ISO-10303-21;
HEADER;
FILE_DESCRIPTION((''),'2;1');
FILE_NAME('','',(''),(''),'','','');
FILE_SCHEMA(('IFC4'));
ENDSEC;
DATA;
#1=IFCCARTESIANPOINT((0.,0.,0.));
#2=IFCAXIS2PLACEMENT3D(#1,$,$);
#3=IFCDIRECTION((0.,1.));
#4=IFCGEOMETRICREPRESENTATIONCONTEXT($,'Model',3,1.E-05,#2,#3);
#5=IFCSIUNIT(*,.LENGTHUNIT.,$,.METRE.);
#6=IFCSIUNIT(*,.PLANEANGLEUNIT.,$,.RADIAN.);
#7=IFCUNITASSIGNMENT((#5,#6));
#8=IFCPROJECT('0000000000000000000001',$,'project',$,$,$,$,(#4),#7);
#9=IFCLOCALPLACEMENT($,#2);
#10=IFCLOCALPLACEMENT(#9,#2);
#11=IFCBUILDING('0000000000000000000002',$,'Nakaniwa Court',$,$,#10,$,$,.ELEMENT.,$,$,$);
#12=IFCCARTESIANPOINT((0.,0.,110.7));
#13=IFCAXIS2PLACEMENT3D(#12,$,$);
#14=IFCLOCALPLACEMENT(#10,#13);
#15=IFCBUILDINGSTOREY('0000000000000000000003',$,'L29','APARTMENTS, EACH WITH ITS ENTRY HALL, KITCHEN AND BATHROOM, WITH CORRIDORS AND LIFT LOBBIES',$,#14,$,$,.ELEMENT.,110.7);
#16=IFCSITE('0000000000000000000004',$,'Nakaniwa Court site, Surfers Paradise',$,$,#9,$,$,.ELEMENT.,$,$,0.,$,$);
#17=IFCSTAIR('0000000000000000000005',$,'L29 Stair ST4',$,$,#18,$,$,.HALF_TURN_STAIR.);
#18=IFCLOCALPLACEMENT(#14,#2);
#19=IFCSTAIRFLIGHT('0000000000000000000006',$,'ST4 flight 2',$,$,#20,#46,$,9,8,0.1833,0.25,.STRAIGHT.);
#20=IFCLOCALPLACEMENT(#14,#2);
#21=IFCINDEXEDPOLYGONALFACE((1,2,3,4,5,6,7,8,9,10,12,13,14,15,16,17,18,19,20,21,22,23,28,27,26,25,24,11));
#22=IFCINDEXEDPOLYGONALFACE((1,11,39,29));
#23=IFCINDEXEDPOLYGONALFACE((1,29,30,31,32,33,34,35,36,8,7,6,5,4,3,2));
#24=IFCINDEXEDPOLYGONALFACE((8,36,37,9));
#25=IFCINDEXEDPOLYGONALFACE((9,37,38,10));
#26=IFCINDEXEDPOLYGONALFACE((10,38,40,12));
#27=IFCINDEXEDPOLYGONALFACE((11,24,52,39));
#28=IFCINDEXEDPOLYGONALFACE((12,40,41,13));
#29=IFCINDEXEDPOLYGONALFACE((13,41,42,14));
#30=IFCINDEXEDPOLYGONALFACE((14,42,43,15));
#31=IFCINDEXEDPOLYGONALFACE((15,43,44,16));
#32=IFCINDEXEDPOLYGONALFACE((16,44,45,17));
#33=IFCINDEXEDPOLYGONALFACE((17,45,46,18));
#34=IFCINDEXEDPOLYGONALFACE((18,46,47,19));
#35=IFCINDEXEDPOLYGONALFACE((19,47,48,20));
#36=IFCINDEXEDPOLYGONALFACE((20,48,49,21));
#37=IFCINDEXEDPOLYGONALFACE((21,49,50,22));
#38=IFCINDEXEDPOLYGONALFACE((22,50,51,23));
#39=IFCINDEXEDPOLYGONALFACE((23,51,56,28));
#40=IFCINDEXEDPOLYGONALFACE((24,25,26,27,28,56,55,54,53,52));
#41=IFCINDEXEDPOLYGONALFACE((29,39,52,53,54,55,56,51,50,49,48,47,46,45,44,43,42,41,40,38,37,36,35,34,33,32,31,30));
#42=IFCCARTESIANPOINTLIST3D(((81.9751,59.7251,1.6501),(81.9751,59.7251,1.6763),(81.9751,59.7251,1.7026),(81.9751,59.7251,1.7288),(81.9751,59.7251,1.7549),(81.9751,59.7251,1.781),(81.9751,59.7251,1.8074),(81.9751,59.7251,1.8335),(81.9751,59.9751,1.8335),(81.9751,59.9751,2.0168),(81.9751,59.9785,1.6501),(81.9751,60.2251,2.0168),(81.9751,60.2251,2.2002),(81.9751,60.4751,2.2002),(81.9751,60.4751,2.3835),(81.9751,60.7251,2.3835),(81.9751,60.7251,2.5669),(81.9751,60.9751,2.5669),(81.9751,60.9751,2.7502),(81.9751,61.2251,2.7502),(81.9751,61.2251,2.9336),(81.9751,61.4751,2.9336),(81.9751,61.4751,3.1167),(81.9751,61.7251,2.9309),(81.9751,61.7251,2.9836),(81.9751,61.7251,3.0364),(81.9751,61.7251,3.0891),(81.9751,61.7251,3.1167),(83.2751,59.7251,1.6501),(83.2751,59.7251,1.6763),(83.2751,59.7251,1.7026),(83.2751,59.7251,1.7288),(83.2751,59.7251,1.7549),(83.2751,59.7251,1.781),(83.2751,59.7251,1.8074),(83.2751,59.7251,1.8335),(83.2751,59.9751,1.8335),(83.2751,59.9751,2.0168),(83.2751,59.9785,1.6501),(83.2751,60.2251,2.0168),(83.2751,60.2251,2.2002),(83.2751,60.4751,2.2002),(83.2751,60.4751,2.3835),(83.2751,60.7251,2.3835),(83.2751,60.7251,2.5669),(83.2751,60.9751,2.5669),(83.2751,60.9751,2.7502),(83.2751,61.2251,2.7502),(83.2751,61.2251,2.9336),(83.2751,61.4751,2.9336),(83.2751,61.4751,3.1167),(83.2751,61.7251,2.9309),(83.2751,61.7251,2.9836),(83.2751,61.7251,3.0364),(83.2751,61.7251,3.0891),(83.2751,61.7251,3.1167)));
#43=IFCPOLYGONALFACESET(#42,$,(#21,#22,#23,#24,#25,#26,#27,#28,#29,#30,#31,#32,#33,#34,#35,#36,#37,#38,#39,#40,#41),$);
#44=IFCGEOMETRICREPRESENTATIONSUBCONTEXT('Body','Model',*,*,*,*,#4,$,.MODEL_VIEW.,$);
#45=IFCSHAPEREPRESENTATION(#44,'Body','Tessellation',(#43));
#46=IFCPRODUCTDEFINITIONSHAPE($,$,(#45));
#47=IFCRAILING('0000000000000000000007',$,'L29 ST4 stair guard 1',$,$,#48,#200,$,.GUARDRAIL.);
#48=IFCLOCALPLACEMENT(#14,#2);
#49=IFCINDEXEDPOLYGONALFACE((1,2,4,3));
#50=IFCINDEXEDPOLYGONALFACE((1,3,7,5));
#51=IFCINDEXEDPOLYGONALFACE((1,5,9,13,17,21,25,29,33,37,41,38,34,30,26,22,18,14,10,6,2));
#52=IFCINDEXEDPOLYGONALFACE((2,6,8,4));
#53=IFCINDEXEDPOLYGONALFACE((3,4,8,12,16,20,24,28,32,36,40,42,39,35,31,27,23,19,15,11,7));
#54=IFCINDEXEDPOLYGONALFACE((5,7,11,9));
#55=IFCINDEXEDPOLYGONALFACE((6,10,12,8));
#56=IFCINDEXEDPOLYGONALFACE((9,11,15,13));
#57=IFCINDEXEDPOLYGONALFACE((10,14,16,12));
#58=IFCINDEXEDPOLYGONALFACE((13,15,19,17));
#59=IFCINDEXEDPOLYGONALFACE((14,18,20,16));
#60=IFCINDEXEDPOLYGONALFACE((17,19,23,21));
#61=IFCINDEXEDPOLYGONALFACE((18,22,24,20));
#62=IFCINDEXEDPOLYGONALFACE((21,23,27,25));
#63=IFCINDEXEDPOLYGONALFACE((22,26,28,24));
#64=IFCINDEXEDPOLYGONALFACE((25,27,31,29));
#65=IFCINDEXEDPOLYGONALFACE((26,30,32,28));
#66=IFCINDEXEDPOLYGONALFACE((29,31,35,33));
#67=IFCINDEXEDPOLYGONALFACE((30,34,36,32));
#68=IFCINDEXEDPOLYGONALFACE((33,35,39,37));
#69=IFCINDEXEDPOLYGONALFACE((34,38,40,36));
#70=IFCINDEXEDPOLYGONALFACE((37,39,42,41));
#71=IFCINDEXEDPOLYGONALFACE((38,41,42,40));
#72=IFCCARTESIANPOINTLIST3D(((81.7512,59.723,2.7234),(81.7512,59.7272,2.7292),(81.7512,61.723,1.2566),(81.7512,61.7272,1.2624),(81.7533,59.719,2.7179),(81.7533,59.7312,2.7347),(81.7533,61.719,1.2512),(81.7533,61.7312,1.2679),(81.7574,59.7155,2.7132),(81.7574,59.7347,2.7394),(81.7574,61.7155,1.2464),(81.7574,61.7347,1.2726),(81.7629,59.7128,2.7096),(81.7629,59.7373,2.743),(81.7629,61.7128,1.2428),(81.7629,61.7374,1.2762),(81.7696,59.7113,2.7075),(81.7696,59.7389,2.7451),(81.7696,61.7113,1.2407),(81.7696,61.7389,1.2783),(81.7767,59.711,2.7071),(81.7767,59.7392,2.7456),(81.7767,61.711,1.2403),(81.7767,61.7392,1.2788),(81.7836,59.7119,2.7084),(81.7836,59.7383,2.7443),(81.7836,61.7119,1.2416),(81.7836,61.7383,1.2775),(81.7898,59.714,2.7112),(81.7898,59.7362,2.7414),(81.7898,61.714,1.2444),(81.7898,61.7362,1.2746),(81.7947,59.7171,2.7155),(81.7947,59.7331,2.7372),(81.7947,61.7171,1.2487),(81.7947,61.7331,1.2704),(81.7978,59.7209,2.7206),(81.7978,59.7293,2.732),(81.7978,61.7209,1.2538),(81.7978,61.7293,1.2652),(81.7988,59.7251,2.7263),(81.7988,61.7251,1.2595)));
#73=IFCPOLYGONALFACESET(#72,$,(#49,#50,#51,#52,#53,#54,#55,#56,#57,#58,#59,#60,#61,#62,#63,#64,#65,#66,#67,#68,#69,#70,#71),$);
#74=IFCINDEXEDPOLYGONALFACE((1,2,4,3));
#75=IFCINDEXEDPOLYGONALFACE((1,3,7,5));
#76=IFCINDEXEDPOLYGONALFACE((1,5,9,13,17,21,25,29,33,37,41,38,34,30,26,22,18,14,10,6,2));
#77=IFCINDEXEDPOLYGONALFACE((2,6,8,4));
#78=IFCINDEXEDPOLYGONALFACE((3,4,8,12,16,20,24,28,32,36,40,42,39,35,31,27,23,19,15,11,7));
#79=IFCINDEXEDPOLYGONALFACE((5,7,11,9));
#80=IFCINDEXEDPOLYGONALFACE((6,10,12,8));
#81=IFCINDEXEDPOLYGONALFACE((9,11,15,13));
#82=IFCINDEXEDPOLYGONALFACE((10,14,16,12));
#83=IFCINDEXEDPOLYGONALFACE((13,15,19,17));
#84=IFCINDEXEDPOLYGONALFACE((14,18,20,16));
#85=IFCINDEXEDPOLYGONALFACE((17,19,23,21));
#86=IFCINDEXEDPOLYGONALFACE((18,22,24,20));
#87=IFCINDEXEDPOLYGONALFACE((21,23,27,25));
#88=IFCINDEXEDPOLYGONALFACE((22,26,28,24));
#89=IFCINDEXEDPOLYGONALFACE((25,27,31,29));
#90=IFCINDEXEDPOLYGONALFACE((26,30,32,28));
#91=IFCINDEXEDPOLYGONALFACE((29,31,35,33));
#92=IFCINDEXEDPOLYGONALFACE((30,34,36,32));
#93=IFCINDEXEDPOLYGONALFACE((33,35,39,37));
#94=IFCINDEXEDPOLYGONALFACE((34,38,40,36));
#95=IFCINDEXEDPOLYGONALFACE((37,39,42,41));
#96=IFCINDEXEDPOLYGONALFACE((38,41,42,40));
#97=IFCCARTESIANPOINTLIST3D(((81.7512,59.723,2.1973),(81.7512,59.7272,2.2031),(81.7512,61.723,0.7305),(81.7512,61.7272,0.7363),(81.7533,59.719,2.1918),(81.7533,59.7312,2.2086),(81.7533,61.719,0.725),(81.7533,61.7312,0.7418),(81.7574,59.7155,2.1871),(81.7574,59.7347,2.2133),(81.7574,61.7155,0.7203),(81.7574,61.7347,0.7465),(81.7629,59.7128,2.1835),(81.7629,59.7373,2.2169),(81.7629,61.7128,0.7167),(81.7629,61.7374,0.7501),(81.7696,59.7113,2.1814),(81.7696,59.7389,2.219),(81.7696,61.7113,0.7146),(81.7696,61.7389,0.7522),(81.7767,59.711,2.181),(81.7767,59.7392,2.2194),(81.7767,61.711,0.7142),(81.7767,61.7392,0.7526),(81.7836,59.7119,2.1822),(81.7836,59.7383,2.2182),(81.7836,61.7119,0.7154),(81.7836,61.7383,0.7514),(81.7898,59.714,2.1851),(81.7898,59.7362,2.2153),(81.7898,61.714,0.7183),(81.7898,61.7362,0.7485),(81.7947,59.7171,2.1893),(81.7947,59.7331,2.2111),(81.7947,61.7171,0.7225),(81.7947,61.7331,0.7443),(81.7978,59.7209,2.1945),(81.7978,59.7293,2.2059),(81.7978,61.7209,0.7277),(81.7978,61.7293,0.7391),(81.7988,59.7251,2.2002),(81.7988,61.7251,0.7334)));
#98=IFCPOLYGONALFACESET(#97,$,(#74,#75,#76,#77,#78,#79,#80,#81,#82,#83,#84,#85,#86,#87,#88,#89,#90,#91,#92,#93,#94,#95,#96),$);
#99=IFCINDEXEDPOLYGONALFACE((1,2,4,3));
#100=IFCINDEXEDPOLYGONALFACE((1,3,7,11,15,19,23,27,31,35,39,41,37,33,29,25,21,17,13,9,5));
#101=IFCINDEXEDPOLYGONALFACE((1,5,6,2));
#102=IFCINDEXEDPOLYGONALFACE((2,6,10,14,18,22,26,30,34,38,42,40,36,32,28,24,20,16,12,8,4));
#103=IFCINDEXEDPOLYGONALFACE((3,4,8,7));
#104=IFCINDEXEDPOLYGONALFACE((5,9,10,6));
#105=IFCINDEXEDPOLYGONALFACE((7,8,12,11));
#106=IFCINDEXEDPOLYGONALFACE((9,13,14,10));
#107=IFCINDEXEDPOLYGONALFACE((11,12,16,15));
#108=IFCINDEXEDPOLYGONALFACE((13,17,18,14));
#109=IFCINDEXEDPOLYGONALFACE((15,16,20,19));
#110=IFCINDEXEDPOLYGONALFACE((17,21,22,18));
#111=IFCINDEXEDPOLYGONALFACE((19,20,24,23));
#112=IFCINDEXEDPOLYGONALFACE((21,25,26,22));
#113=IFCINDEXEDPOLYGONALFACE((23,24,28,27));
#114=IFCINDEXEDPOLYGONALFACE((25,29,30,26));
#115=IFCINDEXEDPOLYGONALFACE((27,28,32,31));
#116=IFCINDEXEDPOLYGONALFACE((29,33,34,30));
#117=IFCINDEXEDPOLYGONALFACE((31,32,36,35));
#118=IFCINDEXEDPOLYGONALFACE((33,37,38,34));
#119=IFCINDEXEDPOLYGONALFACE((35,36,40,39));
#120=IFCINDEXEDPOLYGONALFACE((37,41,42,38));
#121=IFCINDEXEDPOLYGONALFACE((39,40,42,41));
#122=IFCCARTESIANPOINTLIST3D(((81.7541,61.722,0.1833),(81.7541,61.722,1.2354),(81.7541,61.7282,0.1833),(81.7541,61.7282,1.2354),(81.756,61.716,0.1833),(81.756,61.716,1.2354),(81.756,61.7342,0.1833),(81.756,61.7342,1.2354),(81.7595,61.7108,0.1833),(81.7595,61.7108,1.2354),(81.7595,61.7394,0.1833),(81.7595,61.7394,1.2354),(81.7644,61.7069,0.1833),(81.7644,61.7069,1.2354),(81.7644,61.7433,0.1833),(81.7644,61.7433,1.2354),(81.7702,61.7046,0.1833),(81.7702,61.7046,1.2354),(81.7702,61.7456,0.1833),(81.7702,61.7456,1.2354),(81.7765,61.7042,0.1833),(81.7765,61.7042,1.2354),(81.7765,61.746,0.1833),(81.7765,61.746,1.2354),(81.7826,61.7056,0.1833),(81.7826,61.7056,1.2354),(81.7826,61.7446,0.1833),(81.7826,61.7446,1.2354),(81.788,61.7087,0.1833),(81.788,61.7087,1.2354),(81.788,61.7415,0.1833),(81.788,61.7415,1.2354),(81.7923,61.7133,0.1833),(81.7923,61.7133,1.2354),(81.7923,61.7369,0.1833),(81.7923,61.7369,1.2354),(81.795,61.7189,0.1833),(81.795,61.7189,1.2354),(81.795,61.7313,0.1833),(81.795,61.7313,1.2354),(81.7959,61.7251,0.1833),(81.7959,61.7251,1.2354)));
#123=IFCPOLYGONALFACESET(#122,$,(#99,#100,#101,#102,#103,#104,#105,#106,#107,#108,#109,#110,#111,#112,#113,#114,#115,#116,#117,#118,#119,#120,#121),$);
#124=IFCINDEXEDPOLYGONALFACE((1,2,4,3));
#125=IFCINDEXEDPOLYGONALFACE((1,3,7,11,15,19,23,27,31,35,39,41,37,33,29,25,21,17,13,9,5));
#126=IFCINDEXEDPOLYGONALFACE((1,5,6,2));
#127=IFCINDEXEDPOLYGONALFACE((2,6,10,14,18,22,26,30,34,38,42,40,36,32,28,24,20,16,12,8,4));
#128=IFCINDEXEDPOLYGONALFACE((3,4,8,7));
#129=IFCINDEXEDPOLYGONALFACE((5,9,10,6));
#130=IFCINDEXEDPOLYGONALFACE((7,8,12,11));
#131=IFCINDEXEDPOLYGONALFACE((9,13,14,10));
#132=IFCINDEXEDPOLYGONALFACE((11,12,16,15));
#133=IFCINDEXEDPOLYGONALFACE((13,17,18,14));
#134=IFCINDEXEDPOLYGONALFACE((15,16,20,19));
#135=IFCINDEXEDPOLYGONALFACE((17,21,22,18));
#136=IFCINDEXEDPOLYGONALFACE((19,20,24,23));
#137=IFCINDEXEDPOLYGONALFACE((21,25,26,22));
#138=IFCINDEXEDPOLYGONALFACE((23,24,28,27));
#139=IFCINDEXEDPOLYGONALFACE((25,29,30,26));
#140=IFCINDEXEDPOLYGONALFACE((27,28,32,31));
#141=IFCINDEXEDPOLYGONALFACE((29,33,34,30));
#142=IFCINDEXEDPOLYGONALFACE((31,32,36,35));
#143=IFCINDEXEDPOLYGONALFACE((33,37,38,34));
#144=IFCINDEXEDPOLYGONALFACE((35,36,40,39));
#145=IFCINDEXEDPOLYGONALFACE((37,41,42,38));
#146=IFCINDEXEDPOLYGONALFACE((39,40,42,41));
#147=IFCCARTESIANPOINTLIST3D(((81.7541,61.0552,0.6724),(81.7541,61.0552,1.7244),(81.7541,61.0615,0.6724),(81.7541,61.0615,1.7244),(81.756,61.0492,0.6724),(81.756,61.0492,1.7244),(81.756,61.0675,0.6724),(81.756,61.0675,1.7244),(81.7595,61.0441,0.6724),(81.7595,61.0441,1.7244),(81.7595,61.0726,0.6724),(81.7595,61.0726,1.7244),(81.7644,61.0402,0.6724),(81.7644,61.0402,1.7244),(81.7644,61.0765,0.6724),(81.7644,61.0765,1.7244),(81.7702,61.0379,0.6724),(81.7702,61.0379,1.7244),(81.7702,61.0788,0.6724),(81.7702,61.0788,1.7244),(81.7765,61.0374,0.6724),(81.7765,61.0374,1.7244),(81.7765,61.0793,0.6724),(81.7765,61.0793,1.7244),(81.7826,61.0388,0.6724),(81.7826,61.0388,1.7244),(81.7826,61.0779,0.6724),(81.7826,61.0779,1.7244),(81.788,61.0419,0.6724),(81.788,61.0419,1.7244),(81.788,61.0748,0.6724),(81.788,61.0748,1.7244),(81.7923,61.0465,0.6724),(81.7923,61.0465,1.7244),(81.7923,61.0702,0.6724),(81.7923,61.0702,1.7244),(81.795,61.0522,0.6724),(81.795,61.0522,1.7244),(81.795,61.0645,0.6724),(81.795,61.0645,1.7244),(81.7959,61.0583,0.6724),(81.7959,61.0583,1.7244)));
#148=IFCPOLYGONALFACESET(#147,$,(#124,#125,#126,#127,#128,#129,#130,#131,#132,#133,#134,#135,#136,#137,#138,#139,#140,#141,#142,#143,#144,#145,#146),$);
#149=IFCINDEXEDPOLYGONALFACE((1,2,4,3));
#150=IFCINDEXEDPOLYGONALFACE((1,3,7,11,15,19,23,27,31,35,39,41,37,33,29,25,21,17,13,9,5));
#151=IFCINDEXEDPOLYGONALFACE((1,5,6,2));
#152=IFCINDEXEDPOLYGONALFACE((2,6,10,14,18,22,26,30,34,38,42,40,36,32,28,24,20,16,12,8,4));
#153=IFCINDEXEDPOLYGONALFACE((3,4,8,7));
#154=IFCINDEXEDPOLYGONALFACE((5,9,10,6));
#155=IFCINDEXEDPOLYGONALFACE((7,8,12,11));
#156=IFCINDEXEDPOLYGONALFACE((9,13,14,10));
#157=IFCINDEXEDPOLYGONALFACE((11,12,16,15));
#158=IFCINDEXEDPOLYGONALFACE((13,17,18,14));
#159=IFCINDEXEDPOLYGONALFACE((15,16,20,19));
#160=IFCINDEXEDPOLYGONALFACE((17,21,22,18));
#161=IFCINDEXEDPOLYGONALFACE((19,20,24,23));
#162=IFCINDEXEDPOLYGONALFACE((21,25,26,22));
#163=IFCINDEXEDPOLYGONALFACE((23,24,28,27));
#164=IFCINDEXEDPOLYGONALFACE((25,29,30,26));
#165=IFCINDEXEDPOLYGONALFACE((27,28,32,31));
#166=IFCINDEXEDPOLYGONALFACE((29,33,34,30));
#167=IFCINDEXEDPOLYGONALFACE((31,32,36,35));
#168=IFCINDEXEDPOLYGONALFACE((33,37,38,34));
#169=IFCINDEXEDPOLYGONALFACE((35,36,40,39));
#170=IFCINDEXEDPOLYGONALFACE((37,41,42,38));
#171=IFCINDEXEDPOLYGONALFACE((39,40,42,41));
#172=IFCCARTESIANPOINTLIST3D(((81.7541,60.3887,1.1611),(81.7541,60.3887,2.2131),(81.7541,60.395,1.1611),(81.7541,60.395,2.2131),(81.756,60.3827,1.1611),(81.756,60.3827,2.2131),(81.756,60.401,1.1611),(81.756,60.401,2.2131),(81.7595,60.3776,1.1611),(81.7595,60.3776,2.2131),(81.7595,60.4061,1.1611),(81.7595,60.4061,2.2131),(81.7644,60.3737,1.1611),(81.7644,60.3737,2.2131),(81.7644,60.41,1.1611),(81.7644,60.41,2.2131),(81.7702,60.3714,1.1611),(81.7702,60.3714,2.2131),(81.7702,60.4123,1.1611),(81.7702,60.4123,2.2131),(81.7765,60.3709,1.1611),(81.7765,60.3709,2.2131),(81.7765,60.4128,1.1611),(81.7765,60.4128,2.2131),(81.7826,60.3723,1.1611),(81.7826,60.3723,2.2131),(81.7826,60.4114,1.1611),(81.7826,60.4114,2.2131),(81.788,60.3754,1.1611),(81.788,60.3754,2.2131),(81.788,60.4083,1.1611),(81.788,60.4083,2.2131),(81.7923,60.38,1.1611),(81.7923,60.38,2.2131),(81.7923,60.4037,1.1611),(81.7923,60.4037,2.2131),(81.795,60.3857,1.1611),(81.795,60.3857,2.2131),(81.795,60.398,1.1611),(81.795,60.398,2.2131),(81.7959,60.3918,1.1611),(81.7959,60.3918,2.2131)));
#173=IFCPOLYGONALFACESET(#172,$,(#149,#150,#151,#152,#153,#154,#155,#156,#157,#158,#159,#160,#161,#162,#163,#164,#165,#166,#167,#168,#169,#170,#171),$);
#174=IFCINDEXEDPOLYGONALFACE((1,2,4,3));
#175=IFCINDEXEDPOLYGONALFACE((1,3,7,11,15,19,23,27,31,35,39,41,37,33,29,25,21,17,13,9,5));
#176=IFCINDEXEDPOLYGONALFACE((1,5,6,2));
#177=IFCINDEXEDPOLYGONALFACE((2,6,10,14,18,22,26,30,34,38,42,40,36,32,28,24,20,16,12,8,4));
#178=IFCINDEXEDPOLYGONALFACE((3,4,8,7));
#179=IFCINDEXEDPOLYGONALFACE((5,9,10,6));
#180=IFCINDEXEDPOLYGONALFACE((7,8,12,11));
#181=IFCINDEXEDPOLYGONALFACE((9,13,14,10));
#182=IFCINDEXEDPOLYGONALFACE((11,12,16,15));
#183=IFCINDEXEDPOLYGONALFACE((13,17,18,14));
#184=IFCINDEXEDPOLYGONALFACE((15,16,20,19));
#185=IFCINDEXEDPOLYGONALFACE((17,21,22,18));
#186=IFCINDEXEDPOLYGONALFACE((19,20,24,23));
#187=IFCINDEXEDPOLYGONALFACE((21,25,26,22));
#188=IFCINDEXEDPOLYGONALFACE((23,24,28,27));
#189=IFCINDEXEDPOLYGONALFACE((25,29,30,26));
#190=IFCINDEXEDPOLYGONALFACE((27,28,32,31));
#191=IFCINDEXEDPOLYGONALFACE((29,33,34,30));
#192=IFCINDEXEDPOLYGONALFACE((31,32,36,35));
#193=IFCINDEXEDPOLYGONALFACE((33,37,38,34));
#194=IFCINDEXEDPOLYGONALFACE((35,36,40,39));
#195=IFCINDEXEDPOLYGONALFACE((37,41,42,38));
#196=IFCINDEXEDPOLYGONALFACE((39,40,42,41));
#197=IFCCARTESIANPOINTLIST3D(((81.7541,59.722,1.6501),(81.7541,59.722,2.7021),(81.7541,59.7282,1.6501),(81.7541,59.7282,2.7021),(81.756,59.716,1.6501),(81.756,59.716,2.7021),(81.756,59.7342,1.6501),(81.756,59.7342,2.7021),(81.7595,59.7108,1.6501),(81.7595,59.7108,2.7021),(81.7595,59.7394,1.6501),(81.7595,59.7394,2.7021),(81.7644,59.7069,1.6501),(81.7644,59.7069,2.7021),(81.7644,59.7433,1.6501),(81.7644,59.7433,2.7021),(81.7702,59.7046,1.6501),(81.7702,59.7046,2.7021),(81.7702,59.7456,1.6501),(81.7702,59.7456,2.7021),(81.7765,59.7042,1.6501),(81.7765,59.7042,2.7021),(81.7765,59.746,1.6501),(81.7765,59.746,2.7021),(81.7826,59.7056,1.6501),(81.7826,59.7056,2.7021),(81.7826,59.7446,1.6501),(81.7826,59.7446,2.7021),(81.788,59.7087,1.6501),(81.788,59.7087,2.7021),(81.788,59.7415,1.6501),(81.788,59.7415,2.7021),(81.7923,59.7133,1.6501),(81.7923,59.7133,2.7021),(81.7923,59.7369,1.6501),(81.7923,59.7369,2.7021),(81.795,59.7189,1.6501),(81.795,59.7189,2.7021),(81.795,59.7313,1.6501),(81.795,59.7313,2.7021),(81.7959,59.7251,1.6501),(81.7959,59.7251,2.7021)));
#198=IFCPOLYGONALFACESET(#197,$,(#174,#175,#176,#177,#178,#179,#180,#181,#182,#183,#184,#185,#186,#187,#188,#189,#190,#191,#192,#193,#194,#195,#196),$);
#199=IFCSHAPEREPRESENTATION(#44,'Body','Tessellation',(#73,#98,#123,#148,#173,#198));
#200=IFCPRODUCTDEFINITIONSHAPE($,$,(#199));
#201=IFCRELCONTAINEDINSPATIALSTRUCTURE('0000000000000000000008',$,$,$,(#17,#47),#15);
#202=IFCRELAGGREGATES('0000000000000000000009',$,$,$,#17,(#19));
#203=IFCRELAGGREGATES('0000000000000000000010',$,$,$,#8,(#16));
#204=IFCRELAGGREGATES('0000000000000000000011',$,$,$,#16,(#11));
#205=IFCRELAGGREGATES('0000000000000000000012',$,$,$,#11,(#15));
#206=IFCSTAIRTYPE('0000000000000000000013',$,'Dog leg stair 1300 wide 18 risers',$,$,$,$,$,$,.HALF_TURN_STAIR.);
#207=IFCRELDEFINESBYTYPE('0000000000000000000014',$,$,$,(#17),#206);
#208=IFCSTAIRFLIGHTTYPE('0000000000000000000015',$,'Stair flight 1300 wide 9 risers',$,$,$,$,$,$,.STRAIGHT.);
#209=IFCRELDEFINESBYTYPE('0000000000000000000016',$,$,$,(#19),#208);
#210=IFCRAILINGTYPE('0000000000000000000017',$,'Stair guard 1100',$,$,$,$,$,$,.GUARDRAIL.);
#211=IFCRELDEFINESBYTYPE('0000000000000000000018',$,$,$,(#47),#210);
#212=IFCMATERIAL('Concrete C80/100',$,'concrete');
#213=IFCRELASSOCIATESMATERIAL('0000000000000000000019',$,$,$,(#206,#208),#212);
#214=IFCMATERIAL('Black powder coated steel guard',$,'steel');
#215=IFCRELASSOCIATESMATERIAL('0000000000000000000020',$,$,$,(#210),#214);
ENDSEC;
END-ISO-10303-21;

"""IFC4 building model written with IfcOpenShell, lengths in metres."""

from ifc_helpers import new_model, si_unit, direction, frame, origin, origin_2d, place, context, subcontext, project, spatial, polyline, circle, outline, extrude, material, type_object, element, aggregate, save


model = new_model("IFC4")

# Units and contexts
model_context = context("Model", 3, precision=1e-05, world=origin(), true_north=direction((0.0, 1.0)))
body_context = subcontext(model_context, "Body", "Model", "MODEL_VIEW")
ifc_project = project(units=[si_unit("LENGTHUNIT", "METRE"), si_unit("PLANEANGLEUNIT", "RADIAN")], contexts=[model_context])

# Site, building, storey
site_placement = place(None, origin())
site = spatial("IfcSite", under=ifc_project, at=site_placement, Name="Nakaniwa Court site, Surfers Paradise", CompositionType="ELEMENT", RefElevation=0.0)
building_placement = place(site_placement, origin())
building = spatial("IfcBuilding", under=site, at=building_placement, Name="Nakaniwa Court", CompositionType="ELEMENT")
storey_placement = place(building_placement, frame((0.0, 0.0, 110.7)))
storey = spatial("IfcBuildingStorey", under=building, at=storey_placement, Name="L29", Description="APARTMENTS, EACH WITH ITS ENTRY HALL, KITCHEN AND BATHROOM, WITH CORRIDORS AND LIFT LOBBIES", CompositionType="ELEMENT", Elevation=110.7)

# Shared definitions
ifc_material_1 = material(Name="Concrete C80/100", Category="concrete")

# Stair, stair flight
stair_type = type_object("IfcStairType", Name="Dog leg stair 1300 wide 18 risers", PredefinedType="HALF_TURN_STAIR", material=ifc_material_1)
stair_placement = place(storey_placement, origin())
stair = element("IfcStair", 1, at=stair_placement, inside=storey, type_object=stair_type, Name="L29 Stair ST4", PredefinedType="HALF_TURN_STAIR")
stair_flight_type = type_object("IfcStairFlightType", Name="Stair flight 1300 wide 9 risers", PredefinedType="STRAIGHT", material=ifc_material_1)
stair_flight_1_placement = place(storey_placement, frame((82.625, 59.7251, 1.6501), z_axis=(0.0, 0.0, 1.0), x_axis=(0.0, 1.0, 0.0)))
stair_flight_1 = element("IfcStairFlight", 2, at=stair_flight_1_placement, type_object=stair_flight_type, Name="ST4 flight 2", NumberOfRisers=9, NumberOfTreads=8, PredefinedType="STRAIGHT", RiserHeight=0.1833, TreadLength=0.25, context=body_context, shape_type="SweptSolid", body=[
    extrude(outline(polyline([(0.0, 0.0), (0.0, 0.0261), (0.0, 0.0525), (0.0, 0.0786), (0.0, 0.1047), (0.0, 0.1309), (0.0, 0.1572), (0.0, 0.1833), (0.25, 0.1833), (0.25, 0.3667), (0.5, 0.3667), (0.5, 0.55), (0.75, 0.55), (0.75, 0.7334), (1.0, 0.7334), (1.0, 0.9167), (1.25, 0.9167), (1.25, 1.1001), (1.5, 1.1001), (1.5, 1.2834), (1.75, 1.2834), (1.75, 1.4666), (2.0, 1.4666), (2.0, 1.6499), (2.0, 1.5972), (2.0, 1.5444), (2.0, 1.4917), (2.0, 1.439), (2.0, 1.3862), (2.0, 1.3335), (2.0, 1.2808), (0.2534, 0.0), (0.0, 0.0)])), frame((0.0, 0.6499, 0.0), z_axis=(0.0, -1.0, 0.0), x_axis=(1.0, 0.0, 0.0)), (0.0, 0.0, 1.0), 1.3),
])
aggregate(stair, [stair_flight_1])

# Railing
ifc_material_2 = material(Name="Black powder coated steel guard", Category="steel")
railing_type_1 = type_object("IfcRailingType", Name="Stair guard 1100", PredefinedType="GUARDRAIL", material=ifc_material_2)
railing_1_placement = place(storey_placement, frame((81.7749, 61.7251, 0.1833)))
element("IfcRailing", 3, at=railing_1_placement, inside=storey, type_object=railing_type_1, Name="L29 ST4 stair guard 1", PredefinedType="GUARDRAIL", context=body_context, shape_type="SweptSolid", body=[
    extrude(circle(Radius=0.0239, at=origin_2d()), frame((0.0, 0.0, 1.0762), z_axis=(0.0, -0.80638, 0.591398), x_axis=(1.0, 0.0, 0.0)), (0.0, 0.0, 1.0), 2.4802),
    extrude(circle(Radius=0.0239, at=origin_2d()), frame((0.0, 0.0, 0.55), z_axis=(0.0, -0.80638, 0.591398), x_axis=(1.0, 0.0, 0.0)), (0.0, 0.0, 1.0), 2.4802),
    extrude(circle(Radius=0.021, at=origin_2d()), origin(), (0.0, 0.0, 1.0), 1.052),
    extrude(circle(Radius=0.021, at=origin_2d()), frame((0.0, -0.6667, 0.489)), (0.0, 0.0, 1.0), 1.052),
    extrude(circle(Radius=0.021, at=origin_2d()), frame((0.0, -1.3333, 0.9778)), (0.0, 0.0, 1.0), 1.052),
    extrude(circle(Radius=0.021, at=origin_2d()), frame((0.0, -2.0, 1.4668)), (0.0, 0.0, 1.0), 1.052),
])

save(model, "model.ifc")
